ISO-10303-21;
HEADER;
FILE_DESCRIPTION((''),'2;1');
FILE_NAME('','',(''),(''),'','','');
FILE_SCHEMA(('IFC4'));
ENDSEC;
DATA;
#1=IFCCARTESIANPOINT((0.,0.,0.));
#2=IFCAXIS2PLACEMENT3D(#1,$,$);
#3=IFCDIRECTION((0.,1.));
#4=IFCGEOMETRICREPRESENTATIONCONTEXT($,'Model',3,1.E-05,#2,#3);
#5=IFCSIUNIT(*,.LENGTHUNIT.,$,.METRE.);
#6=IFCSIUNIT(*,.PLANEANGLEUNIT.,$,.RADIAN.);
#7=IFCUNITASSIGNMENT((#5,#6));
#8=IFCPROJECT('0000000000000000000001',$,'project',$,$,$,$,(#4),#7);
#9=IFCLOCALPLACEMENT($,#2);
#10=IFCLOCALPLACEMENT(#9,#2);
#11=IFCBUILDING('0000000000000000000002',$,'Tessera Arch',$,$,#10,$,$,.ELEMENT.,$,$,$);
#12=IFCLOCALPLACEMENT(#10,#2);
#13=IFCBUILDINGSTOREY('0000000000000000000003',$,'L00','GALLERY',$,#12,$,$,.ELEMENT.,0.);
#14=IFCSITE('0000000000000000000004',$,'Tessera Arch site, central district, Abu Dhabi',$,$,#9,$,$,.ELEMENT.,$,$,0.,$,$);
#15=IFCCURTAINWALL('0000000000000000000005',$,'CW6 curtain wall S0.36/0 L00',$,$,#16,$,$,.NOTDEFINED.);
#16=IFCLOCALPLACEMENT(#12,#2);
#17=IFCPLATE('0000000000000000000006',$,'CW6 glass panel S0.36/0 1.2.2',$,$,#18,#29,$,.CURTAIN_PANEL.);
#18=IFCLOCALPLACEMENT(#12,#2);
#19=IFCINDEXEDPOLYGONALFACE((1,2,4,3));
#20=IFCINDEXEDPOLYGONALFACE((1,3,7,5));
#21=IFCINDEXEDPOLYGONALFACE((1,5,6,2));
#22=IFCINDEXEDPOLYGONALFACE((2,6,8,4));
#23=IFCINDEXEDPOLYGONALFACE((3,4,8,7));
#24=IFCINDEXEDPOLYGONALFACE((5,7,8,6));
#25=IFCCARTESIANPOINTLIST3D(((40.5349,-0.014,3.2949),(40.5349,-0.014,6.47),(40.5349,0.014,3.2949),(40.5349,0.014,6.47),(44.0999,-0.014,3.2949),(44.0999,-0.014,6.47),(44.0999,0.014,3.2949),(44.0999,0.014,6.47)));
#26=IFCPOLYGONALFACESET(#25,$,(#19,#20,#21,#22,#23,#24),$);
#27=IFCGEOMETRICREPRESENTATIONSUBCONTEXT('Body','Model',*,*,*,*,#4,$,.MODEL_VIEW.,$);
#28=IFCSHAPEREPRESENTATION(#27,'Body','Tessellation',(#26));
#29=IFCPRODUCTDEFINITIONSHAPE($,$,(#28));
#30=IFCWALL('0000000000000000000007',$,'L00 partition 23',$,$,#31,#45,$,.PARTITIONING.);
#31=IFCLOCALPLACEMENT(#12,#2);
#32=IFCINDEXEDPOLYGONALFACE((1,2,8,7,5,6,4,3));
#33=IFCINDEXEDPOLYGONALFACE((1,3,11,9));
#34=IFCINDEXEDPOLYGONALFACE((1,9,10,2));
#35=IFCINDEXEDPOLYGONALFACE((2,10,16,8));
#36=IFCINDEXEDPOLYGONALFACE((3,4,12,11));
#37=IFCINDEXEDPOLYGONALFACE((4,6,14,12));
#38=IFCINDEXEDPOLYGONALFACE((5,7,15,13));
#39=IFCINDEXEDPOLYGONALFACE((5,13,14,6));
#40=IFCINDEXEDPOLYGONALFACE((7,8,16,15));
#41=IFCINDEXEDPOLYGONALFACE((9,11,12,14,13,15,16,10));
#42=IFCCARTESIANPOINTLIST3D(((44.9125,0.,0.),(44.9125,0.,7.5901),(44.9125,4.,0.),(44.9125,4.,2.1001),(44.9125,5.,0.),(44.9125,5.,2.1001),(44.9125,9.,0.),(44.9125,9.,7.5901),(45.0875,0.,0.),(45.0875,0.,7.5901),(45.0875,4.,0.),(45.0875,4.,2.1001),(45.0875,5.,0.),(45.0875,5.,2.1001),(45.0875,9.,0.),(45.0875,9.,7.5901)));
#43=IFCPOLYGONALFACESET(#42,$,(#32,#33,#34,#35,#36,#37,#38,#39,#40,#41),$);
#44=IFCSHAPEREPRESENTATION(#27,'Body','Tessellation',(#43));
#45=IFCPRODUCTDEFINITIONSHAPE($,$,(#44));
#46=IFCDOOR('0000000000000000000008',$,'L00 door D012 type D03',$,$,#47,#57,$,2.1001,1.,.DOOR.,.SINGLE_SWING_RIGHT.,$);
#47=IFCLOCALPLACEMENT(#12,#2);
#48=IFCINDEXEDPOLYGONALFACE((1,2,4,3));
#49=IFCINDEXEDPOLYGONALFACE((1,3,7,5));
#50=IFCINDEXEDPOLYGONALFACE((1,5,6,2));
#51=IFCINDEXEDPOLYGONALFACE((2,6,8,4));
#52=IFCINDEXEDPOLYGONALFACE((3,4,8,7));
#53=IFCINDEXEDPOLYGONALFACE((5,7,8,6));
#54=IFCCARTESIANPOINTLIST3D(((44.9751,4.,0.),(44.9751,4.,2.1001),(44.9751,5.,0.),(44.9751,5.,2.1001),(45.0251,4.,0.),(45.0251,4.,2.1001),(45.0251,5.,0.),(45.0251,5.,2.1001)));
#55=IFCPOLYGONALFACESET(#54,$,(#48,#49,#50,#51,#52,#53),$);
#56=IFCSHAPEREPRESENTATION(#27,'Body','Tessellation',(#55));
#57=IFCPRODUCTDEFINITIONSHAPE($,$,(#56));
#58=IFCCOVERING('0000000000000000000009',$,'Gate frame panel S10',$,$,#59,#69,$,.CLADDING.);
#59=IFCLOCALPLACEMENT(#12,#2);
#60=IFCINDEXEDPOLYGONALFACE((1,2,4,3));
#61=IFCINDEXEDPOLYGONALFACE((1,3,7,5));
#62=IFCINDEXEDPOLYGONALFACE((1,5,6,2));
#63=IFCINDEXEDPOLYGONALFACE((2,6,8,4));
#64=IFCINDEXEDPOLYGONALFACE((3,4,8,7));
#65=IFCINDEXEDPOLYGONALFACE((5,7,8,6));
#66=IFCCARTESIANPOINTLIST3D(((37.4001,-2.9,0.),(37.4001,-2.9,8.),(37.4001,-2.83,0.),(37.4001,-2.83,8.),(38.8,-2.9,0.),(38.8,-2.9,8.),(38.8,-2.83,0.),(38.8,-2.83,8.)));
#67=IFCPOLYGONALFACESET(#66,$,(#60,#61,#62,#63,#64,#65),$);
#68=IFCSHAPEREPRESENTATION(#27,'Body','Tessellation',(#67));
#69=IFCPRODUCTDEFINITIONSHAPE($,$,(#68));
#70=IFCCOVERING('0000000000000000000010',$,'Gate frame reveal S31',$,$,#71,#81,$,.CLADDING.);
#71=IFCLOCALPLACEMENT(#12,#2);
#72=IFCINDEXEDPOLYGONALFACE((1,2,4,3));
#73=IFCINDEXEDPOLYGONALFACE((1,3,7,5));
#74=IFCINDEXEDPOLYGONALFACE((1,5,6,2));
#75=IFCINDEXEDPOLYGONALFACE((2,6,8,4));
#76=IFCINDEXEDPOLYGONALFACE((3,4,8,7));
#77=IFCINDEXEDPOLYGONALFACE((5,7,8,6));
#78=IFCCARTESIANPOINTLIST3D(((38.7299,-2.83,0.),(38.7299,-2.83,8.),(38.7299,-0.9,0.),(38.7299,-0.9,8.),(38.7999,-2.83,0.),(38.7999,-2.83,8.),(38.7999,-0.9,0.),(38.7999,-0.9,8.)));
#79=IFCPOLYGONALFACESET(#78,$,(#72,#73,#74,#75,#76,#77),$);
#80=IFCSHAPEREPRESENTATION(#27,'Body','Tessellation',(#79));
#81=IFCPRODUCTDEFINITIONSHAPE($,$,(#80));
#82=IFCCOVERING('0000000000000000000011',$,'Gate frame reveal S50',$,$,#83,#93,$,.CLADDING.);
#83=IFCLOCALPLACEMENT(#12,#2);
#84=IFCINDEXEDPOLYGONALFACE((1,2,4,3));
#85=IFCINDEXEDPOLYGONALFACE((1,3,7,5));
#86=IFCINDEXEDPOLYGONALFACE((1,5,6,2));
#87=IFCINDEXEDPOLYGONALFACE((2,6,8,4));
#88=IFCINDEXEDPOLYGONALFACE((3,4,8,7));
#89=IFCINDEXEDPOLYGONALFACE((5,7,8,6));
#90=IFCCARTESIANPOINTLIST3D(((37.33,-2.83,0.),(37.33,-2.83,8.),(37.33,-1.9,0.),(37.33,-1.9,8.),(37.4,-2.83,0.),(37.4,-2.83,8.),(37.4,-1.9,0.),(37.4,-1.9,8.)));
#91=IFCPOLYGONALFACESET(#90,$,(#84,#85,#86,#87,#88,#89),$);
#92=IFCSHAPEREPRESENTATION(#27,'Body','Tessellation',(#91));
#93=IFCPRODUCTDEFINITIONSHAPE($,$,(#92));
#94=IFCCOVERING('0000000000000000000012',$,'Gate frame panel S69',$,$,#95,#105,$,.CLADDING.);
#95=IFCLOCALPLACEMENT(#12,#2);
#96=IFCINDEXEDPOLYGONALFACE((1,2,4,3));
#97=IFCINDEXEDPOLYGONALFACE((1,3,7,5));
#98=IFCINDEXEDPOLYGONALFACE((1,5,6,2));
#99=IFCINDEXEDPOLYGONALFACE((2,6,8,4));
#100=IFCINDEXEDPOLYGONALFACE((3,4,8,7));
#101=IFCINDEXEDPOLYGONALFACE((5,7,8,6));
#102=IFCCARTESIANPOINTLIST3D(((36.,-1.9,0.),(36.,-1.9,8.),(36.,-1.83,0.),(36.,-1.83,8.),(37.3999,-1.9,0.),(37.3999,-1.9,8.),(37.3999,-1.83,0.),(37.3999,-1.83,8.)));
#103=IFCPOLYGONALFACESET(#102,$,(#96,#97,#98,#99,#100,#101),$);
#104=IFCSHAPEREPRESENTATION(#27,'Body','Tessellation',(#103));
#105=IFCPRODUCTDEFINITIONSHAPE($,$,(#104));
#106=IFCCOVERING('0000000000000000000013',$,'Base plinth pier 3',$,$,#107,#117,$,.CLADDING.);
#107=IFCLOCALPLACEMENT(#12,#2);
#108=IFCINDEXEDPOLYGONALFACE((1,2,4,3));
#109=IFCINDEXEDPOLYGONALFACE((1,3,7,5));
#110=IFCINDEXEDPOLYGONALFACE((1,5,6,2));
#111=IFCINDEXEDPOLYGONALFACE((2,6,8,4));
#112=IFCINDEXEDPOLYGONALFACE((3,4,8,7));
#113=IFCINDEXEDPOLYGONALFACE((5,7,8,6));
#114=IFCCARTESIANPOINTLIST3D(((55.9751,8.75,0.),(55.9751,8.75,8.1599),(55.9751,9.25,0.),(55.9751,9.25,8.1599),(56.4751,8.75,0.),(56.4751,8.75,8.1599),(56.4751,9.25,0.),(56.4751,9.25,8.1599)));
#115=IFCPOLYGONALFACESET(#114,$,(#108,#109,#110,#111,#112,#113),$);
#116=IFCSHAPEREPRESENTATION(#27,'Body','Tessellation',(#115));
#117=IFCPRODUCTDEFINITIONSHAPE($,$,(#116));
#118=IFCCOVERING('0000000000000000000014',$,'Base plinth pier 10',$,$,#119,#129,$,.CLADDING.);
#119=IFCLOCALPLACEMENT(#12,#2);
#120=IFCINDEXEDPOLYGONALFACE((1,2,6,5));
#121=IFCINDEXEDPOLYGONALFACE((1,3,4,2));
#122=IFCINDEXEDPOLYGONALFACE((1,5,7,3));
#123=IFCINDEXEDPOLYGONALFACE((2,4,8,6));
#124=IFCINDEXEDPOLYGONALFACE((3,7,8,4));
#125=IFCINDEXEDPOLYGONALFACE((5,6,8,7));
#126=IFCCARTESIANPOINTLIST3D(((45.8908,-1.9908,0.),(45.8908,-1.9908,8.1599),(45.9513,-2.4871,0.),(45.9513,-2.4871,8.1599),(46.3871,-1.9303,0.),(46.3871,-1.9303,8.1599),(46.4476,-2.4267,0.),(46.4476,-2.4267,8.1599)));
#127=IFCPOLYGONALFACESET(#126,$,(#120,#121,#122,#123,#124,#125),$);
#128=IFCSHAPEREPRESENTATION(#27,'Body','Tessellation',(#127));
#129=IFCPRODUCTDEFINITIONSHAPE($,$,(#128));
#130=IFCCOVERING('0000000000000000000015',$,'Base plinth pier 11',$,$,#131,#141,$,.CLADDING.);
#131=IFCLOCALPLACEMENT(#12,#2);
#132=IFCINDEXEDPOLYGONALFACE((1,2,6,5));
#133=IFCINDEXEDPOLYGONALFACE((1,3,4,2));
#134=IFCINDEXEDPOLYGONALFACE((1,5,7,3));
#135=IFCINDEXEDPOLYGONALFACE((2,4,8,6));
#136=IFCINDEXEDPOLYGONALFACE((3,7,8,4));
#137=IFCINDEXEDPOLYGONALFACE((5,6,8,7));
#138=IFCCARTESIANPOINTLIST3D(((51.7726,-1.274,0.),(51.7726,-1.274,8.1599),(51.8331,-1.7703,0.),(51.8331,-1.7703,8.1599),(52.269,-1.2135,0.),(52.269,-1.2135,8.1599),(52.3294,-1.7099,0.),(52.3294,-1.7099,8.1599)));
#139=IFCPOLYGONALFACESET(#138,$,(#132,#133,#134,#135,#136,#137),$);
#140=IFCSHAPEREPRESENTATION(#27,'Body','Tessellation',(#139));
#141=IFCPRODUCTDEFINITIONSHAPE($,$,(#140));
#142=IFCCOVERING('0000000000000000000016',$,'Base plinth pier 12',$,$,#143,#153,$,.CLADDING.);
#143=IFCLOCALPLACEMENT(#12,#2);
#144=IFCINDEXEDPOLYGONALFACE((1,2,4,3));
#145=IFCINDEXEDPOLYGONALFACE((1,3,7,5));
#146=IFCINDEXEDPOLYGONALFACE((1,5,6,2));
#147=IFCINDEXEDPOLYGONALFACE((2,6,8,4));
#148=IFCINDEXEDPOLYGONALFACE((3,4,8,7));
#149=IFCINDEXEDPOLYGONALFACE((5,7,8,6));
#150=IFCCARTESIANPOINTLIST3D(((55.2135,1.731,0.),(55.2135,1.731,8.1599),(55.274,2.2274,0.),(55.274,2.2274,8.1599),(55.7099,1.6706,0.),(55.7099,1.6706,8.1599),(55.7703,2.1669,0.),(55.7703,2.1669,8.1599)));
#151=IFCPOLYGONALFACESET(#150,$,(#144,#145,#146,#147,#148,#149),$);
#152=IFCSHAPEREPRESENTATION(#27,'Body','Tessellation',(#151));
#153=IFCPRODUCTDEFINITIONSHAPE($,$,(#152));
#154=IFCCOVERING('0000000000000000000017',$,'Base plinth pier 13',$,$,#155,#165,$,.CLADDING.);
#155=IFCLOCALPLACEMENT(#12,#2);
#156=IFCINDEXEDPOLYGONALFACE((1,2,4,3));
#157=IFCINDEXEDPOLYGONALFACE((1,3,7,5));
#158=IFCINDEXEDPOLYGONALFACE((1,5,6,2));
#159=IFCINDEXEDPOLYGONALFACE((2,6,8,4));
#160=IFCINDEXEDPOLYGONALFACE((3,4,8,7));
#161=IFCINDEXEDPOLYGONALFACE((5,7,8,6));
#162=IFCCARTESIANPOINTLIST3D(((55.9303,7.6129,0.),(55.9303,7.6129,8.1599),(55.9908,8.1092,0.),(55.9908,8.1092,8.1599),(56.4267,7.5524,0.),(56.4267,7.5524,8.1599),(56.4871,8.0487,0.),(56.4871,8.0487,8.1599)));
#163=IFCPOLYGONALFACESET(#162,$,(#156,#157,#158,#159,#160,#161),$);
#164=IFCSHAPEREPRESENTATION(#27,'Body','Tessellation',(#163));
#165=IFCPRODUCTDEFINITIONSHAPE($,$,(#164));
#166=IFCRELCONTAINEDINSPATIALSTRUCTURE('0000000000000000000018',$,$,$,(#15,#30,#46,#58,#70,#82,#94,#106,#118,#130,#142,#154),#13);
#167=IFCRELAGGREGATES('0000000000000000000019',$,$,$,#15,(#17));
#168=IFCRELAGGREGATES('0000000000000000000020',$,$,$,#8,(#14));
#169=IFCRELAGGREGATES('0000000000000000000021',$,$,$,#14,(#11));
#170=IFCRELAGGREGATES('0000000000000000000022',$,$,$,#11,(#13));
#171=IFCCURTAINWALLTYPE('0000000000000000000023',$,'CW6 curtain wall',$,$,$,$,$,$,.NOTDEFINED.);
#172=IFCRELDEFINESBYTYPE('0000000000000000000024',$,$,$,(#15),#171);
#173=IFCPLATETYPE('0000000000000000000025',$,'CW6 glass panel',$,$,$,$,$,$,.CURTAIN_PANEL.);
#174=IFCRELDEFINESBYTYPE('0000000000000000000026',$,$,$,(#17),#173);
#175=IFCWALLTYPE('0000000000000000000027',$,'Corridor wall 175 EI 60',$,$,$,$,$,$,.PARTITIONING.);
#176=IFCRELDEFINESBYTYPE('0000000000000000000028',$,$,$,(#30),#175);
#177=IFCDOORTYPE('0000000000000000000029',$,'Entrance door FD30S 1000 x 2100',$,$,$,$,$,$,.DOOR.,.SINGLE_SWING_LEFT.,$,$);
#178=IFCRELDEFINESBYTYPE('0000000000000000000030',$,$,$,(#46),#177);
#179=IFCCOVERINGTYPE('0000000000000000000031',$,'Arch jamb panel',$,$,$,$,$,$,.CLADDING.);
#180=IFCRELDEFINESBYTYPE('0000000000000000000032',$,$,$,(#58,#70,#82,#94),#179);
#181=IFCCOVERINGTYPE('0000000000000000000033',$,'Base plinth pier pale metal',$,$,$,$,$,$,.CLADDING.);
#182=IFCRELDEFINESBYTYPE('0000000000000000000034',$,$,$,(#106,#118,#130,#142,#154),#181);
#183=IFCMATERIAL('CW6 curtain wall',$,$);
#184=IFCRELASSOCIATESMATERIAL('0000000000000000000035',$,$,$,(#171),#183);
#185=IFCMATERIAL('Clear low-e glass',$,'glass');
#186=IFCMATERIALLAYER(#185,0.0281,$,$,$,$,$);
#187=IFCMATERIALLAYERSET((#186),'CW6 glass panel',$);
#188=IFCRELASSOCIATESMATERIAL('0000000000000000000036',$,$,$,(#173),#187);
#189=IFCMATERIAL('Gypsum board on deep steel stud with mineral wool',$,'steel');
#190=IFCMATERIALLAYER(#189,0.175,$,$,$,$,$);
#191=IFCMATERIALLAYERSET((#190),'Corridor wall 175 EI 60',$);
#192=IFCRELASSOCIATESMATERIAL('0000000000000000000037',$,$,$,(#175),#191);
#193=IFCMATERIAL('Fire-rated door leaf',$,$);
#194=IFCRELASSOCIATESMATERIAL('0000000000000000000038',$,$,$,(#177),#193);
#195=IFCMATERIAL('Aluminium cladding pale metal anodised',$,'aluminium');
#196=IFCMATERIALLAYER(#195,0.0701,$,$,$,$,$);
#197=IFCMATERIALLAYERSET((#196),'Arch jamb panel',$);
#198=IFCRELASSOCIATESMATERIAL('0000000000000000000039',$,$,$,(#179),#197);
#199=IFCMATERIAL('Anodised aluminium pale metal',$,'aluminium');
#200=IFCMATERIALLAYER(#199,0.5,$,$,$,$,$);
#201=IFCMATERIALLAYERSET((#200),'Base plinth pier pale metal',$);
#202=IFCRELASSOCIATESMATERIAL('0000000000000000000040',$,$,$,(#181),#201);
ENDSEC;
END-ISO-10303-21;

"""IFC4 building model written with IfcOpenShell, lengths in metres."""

from ifc_helpers import new_model, si_unit, direction, frame, frame_2d, origin, origin_2d, place, context, subcontext, project, spatial, rectangle, extrude, material, layer, layer_set, type_object, element, fill, aggregate, save


model = new_model("IFC4")

# Units and contexts
model_context = context("Model", 3, precision=1e-05, world=origin(), true_north=direction((0.0, 1.0)))
body_context = subcontext(model_context, "Body", "Model", "MODEL_VIEW")
ifc_project = project(units=[si_unit("LENGTHUNIT", "METRE"), si_unit("PLANEANGLEUNIT", "RADIAN")], contexts=[model_context])

# Site, building, storey
site_placement = place(None, origin())
site = spatial("IfcSite", under=ifc_project, at=site_placement, Name="Tessera Arch site, central district, Abu Dhabi", CompositionType="ELEMENT", RefElevation=0.0)
building_placement = place(site_placement, origin())
building = spatial("IfcBuilding", under=site, at=building_placement, Name="Tessera Arch", CompositionType="ELEMENT")
storey_placement = place(building_placement, origin())
storey = spatial("IfcBuildingStorey", under=building, at=storey_placement, Name="L00", Description="GALLERY", CompositionType="ELEMENT", Elevation=0.0)

# Curtain wall
ifc_material_1 = material(Name="CW6 curtain wall")
curtain_wall_type_1 = type_object("IfcCurtainWallType", Name="CW6 curtain wall", PredefinedType="NOTDEFINED", material=ifc_material_1)
curtain_wall_1_placement = place(storey_placement, origin())
curtain_wall_1 = element("IfcCurtainWall", 1, at=curtain_wall_1_placement, inside=storey, type_object=curtain_wall_type_1, Name="CW6 curtain wall S0.36/0 L00", PredefinedType="NOTDEFINED")

# Plate
ifc_material_2 = material(Name="Clear low-e glass", Category="glass")
ifc_layer_1 = layer(ifc_material_2, 0.0281)
ifc_layer_set_1 = layer_set([ifc_layer_1], Name="CW6 glass panel")
plate_type_1 = type_object("IfcPlateType", Name="CW6 glass panel", PredefinedType="CURTAIN_PANEL", material=ifc_layer_set_1)
plate_1_placement = place(storey_placement, frame((42.3174, 0.0, 3.2949), z_axis=(0.0, 0.0, 1.0), x_axis=(1.0, 0.0, 0.0)))
plate_1 = element("IfcPlate", 2, at=plate_1_placement, type_object=plate_type_1, Name="CW6 glass panel S0.36/0 1.2.2", PredefinedType="CURTAIN_PANEL", context=body_context, shape_type="SweptSolid", body=[
    extrude(rectangle(XDim=3.5649, YDim=0.0281, at=origin_2d()), origin(), (0.0, 0.0, 1.0), 3.175),
])
aggregate(curtain_wall_1, [plate_1])

# Wall, opening, door
ifc_material_3 = material(Name="Gypsum board on deep steel stud with mineral wool", Category="steel")
ifc_layer_2 = layer(ifc_material_3, 0.175)
ifc_layer_set_2 = layer_set([ifc_layer_2], Name="Corridor wall 175 EI 60")
wall_type = type_object("IfcWallType", Name="Corridor wall 175 EI 60", PredefinedType="PARTITIONING", material=ifc_layer_set_2)
wall_placement = place(storey_placement, frame((45.0, 0.0, 0.0), z_axis=(0.0, 0.0, 1.0), x_axis=(0.0, 1.0, 0.0)))
wall = element("IfcWall", 3, at=wall_placement, inside=storey, type_object=wall_type, Name="L00 partition 23", PredefinedType="PARTITIONING", context=body_context, shape_type="SweptSolid", body=[
    extrude(rectangle(XDim=9.0, YDim=0.175, at=frame_2d((4.5, 0.0))), origin(), (0.0, 0.0, 1.0), 7.5901),
])
opening_placement = place(wall_placement, frame((4.0, 0.0, 0.0)))
opening = element("IfcOpeningElement", 4, at=opening_placement, cuts=wall, PredefinedType="OPENING", context=body_context, shape_type="SweptSolid", body=[
    extrude(rectangle(XDim=1.0, YDim=2.1001, at=frame_2d((0.5, 1.05))), frame((0.0, 0.0974, 0.0), z_axis=(0.0, -1.0, 0.0), x_axis=(1.0, 0.0, 0.0)), (0.0, 0.0, 1.0), 0.1951),
])
ifc_material_4 = material(Name="Fire-rated door leaf")
door_type = type_object("IfcDoorType", Name="Entrance door FD30S 1000 x 2100", OperationType="SINGLE_SWING_LEFT", PredefinedType="DOOR", material=ifc_material_4)
door_placement = place(opening_placement, origin())
door = element("IfcDoor", 5, at=door_placement, inside=storey, type_object=door_type, Name="L00 door D012 type D03", OperationType="SINGLE_SWING_RIGHT", OverallHeight=2.1001, OverallWidth=1.0, PredefinedType="DOOR", context=body_context, shape_type="SweptSolid", body=[
    extrude(rectangle(XDim=1.0, YDim=2.1001, at=frame_2d((0.5, 1.05))), frame((0.0, 0.0249, 0.0), z_axis=(0.0, -1.0, 0.0), x_axis=(1.0, 0.0, 0.0)), (0.0, 0.0, 1.0), 0.05),
])
fill(opening, door)

# Coverings
ifc_material_5 = material(Name="Aluminium cladding pale metal anodised", Category="aluminium")
ifc_layer_3 = layer(ifc_material_5, 0.0701)
ifc_layer_set_3 = layer_set([ifc_layer_3], Name="Arch jamb panel")
covering_type_1 = type_object("IfcCoveringType", Name="Arch jamb panel", PredefinedType="CLADDING", material=ifc_layer_set_3)
covering_1_placement = place(storey_placement, frame((38.1001, -2.865, 0.0), z_axis=(0.0, 0.0, 1.0), x_axis=(1.0, 0.0, 0.0)))
element("IfcCovering", 6, at=covering_1_placement, inside=storey, type_object=covering_type_1, Name="Gate frame panel S10", PredefinedType="CLADDING", context=body_context, shape_type="SweptSolid", body=[
    extrude(rectangle(XDim=1.3999, YDim=0.0701, at=origin_2d()), origin(), (0.0, 0.0, 1.0), 8.0),
])
covering_2_placement = place(storey_placement, frame((38.7649, -1.865, 0.0), z_axis=(0.0, 0.0, 1.0), x_axis=(1.0, 0.0, 0.0)))
element("IfcCovering", 7, at=covering_2_placement, inside=storey, type_object=covering_type_1, Name="Gate frame reveal S31", PredefinedType="CLADDING", context=body_context, shape_type="SweptSolid", body=[
    extrude(rectangle(XDim=0.0701, YDim=1.9299, at=origin_2d()), origin(), (0.0, 0.0, 1.0), 8.0),
])
covering_3_placement = place(storey_placement, frame((37.365, -2.365, 0.0), z_axis=(0.0, 0.0, 1.0), x_axis=(1.0, 0.0, 0.0)))
element("IfcCovering", 8, at=covering_3_placement, inside=storey, type_object=covering_type_1, Name="Gate frame reveal S50", PredefinedType="CLADDING", context=body_context, shape_type="SweptSolid", body=[
    extrude(rectangle(XDim=0.0701, YDim=0.9299, at=origin_2d()), origin(), (0.0, 0.0, 1.0), 8.0),
])
covering_4_placement = place(storey_placement, frame((36.7, -1.865, 0.0), z_axis=(0.0, 0.0, 1.0), x_axis=(1.0, 0.0, 0.0)))
element("IfcCovering", 9, at=covering_4_placement, inside=storey, type_object=covering_type_1, Name="Gate frame panel S69", PredefinedType="CLADDING", context=body_context, shape_type="SweptSolid", body=[
    extrude(rectangle(XDim=1.3999, YDim=0.0701, at=origin_2d()), origin(), (0.0, 0.0, 1.0), 8.0),
])
ifc_material_6 = material(Name="Anodised aluminium pale metal", Category="aluminium")
ifc_layer_4 = layer(ifc_material_6, 0.5)
ifc_layer_set_4 = layer_set([ifc_layer_4], Name="Base plinth pier pale metal")
covering_type_2 = type_object("IfcCoveringType", Name="Base plinth pier pale metal", PredefinedType="CLADDING", material=ifc_layer_set_4)
for number, where, z_axis, x_axis, name in (
    (10, (56.2251, 9.0, 0.0), (0.0, 0.0, 1.0), (0.0, 1.0, 0.0), "Base plinth pier 3"),
    (11, (46.1692, -2.2087, 0.0), (0.0, 0.0, 1.0), (0.992658, 0.120951, 0.0), "Base plinth pier 10"),
    (12, (52.051, -1.4919, 0.0), (0.0, 0.0, 1.0), (0.992658, 0.120951, 0.0), "Base plinth pier 11"),
    (13, (55.4919, 1.949, 0.0), (0.0, 0.0, 1.0), (0.120951, 0.992658, 0.0), "Base plinth pier 12"),
    (14, (56.2087, 7.8308, 0.0), (0.0, 0.0, 1.0), (0.120951, 0.992658, 0.0), "Base plinth pier 13"),
):
    element("IfcCovering", number, at=place(storey_placement, frame(where, z_axis=z_axis, x_axis=x_axis)), inside=storey, type_object=covering_type_2, Name=name, PredefinedType="CLADDING", context=body_context, shape_type="SweptSolid", body=[
        extrude(rectangle(XDim=0.5, YDim=0.5, at=origin_2d()), origin(), (0.0, 0.0, 1.0), 8.1599),
    ])

save(model, "model.ifc")
